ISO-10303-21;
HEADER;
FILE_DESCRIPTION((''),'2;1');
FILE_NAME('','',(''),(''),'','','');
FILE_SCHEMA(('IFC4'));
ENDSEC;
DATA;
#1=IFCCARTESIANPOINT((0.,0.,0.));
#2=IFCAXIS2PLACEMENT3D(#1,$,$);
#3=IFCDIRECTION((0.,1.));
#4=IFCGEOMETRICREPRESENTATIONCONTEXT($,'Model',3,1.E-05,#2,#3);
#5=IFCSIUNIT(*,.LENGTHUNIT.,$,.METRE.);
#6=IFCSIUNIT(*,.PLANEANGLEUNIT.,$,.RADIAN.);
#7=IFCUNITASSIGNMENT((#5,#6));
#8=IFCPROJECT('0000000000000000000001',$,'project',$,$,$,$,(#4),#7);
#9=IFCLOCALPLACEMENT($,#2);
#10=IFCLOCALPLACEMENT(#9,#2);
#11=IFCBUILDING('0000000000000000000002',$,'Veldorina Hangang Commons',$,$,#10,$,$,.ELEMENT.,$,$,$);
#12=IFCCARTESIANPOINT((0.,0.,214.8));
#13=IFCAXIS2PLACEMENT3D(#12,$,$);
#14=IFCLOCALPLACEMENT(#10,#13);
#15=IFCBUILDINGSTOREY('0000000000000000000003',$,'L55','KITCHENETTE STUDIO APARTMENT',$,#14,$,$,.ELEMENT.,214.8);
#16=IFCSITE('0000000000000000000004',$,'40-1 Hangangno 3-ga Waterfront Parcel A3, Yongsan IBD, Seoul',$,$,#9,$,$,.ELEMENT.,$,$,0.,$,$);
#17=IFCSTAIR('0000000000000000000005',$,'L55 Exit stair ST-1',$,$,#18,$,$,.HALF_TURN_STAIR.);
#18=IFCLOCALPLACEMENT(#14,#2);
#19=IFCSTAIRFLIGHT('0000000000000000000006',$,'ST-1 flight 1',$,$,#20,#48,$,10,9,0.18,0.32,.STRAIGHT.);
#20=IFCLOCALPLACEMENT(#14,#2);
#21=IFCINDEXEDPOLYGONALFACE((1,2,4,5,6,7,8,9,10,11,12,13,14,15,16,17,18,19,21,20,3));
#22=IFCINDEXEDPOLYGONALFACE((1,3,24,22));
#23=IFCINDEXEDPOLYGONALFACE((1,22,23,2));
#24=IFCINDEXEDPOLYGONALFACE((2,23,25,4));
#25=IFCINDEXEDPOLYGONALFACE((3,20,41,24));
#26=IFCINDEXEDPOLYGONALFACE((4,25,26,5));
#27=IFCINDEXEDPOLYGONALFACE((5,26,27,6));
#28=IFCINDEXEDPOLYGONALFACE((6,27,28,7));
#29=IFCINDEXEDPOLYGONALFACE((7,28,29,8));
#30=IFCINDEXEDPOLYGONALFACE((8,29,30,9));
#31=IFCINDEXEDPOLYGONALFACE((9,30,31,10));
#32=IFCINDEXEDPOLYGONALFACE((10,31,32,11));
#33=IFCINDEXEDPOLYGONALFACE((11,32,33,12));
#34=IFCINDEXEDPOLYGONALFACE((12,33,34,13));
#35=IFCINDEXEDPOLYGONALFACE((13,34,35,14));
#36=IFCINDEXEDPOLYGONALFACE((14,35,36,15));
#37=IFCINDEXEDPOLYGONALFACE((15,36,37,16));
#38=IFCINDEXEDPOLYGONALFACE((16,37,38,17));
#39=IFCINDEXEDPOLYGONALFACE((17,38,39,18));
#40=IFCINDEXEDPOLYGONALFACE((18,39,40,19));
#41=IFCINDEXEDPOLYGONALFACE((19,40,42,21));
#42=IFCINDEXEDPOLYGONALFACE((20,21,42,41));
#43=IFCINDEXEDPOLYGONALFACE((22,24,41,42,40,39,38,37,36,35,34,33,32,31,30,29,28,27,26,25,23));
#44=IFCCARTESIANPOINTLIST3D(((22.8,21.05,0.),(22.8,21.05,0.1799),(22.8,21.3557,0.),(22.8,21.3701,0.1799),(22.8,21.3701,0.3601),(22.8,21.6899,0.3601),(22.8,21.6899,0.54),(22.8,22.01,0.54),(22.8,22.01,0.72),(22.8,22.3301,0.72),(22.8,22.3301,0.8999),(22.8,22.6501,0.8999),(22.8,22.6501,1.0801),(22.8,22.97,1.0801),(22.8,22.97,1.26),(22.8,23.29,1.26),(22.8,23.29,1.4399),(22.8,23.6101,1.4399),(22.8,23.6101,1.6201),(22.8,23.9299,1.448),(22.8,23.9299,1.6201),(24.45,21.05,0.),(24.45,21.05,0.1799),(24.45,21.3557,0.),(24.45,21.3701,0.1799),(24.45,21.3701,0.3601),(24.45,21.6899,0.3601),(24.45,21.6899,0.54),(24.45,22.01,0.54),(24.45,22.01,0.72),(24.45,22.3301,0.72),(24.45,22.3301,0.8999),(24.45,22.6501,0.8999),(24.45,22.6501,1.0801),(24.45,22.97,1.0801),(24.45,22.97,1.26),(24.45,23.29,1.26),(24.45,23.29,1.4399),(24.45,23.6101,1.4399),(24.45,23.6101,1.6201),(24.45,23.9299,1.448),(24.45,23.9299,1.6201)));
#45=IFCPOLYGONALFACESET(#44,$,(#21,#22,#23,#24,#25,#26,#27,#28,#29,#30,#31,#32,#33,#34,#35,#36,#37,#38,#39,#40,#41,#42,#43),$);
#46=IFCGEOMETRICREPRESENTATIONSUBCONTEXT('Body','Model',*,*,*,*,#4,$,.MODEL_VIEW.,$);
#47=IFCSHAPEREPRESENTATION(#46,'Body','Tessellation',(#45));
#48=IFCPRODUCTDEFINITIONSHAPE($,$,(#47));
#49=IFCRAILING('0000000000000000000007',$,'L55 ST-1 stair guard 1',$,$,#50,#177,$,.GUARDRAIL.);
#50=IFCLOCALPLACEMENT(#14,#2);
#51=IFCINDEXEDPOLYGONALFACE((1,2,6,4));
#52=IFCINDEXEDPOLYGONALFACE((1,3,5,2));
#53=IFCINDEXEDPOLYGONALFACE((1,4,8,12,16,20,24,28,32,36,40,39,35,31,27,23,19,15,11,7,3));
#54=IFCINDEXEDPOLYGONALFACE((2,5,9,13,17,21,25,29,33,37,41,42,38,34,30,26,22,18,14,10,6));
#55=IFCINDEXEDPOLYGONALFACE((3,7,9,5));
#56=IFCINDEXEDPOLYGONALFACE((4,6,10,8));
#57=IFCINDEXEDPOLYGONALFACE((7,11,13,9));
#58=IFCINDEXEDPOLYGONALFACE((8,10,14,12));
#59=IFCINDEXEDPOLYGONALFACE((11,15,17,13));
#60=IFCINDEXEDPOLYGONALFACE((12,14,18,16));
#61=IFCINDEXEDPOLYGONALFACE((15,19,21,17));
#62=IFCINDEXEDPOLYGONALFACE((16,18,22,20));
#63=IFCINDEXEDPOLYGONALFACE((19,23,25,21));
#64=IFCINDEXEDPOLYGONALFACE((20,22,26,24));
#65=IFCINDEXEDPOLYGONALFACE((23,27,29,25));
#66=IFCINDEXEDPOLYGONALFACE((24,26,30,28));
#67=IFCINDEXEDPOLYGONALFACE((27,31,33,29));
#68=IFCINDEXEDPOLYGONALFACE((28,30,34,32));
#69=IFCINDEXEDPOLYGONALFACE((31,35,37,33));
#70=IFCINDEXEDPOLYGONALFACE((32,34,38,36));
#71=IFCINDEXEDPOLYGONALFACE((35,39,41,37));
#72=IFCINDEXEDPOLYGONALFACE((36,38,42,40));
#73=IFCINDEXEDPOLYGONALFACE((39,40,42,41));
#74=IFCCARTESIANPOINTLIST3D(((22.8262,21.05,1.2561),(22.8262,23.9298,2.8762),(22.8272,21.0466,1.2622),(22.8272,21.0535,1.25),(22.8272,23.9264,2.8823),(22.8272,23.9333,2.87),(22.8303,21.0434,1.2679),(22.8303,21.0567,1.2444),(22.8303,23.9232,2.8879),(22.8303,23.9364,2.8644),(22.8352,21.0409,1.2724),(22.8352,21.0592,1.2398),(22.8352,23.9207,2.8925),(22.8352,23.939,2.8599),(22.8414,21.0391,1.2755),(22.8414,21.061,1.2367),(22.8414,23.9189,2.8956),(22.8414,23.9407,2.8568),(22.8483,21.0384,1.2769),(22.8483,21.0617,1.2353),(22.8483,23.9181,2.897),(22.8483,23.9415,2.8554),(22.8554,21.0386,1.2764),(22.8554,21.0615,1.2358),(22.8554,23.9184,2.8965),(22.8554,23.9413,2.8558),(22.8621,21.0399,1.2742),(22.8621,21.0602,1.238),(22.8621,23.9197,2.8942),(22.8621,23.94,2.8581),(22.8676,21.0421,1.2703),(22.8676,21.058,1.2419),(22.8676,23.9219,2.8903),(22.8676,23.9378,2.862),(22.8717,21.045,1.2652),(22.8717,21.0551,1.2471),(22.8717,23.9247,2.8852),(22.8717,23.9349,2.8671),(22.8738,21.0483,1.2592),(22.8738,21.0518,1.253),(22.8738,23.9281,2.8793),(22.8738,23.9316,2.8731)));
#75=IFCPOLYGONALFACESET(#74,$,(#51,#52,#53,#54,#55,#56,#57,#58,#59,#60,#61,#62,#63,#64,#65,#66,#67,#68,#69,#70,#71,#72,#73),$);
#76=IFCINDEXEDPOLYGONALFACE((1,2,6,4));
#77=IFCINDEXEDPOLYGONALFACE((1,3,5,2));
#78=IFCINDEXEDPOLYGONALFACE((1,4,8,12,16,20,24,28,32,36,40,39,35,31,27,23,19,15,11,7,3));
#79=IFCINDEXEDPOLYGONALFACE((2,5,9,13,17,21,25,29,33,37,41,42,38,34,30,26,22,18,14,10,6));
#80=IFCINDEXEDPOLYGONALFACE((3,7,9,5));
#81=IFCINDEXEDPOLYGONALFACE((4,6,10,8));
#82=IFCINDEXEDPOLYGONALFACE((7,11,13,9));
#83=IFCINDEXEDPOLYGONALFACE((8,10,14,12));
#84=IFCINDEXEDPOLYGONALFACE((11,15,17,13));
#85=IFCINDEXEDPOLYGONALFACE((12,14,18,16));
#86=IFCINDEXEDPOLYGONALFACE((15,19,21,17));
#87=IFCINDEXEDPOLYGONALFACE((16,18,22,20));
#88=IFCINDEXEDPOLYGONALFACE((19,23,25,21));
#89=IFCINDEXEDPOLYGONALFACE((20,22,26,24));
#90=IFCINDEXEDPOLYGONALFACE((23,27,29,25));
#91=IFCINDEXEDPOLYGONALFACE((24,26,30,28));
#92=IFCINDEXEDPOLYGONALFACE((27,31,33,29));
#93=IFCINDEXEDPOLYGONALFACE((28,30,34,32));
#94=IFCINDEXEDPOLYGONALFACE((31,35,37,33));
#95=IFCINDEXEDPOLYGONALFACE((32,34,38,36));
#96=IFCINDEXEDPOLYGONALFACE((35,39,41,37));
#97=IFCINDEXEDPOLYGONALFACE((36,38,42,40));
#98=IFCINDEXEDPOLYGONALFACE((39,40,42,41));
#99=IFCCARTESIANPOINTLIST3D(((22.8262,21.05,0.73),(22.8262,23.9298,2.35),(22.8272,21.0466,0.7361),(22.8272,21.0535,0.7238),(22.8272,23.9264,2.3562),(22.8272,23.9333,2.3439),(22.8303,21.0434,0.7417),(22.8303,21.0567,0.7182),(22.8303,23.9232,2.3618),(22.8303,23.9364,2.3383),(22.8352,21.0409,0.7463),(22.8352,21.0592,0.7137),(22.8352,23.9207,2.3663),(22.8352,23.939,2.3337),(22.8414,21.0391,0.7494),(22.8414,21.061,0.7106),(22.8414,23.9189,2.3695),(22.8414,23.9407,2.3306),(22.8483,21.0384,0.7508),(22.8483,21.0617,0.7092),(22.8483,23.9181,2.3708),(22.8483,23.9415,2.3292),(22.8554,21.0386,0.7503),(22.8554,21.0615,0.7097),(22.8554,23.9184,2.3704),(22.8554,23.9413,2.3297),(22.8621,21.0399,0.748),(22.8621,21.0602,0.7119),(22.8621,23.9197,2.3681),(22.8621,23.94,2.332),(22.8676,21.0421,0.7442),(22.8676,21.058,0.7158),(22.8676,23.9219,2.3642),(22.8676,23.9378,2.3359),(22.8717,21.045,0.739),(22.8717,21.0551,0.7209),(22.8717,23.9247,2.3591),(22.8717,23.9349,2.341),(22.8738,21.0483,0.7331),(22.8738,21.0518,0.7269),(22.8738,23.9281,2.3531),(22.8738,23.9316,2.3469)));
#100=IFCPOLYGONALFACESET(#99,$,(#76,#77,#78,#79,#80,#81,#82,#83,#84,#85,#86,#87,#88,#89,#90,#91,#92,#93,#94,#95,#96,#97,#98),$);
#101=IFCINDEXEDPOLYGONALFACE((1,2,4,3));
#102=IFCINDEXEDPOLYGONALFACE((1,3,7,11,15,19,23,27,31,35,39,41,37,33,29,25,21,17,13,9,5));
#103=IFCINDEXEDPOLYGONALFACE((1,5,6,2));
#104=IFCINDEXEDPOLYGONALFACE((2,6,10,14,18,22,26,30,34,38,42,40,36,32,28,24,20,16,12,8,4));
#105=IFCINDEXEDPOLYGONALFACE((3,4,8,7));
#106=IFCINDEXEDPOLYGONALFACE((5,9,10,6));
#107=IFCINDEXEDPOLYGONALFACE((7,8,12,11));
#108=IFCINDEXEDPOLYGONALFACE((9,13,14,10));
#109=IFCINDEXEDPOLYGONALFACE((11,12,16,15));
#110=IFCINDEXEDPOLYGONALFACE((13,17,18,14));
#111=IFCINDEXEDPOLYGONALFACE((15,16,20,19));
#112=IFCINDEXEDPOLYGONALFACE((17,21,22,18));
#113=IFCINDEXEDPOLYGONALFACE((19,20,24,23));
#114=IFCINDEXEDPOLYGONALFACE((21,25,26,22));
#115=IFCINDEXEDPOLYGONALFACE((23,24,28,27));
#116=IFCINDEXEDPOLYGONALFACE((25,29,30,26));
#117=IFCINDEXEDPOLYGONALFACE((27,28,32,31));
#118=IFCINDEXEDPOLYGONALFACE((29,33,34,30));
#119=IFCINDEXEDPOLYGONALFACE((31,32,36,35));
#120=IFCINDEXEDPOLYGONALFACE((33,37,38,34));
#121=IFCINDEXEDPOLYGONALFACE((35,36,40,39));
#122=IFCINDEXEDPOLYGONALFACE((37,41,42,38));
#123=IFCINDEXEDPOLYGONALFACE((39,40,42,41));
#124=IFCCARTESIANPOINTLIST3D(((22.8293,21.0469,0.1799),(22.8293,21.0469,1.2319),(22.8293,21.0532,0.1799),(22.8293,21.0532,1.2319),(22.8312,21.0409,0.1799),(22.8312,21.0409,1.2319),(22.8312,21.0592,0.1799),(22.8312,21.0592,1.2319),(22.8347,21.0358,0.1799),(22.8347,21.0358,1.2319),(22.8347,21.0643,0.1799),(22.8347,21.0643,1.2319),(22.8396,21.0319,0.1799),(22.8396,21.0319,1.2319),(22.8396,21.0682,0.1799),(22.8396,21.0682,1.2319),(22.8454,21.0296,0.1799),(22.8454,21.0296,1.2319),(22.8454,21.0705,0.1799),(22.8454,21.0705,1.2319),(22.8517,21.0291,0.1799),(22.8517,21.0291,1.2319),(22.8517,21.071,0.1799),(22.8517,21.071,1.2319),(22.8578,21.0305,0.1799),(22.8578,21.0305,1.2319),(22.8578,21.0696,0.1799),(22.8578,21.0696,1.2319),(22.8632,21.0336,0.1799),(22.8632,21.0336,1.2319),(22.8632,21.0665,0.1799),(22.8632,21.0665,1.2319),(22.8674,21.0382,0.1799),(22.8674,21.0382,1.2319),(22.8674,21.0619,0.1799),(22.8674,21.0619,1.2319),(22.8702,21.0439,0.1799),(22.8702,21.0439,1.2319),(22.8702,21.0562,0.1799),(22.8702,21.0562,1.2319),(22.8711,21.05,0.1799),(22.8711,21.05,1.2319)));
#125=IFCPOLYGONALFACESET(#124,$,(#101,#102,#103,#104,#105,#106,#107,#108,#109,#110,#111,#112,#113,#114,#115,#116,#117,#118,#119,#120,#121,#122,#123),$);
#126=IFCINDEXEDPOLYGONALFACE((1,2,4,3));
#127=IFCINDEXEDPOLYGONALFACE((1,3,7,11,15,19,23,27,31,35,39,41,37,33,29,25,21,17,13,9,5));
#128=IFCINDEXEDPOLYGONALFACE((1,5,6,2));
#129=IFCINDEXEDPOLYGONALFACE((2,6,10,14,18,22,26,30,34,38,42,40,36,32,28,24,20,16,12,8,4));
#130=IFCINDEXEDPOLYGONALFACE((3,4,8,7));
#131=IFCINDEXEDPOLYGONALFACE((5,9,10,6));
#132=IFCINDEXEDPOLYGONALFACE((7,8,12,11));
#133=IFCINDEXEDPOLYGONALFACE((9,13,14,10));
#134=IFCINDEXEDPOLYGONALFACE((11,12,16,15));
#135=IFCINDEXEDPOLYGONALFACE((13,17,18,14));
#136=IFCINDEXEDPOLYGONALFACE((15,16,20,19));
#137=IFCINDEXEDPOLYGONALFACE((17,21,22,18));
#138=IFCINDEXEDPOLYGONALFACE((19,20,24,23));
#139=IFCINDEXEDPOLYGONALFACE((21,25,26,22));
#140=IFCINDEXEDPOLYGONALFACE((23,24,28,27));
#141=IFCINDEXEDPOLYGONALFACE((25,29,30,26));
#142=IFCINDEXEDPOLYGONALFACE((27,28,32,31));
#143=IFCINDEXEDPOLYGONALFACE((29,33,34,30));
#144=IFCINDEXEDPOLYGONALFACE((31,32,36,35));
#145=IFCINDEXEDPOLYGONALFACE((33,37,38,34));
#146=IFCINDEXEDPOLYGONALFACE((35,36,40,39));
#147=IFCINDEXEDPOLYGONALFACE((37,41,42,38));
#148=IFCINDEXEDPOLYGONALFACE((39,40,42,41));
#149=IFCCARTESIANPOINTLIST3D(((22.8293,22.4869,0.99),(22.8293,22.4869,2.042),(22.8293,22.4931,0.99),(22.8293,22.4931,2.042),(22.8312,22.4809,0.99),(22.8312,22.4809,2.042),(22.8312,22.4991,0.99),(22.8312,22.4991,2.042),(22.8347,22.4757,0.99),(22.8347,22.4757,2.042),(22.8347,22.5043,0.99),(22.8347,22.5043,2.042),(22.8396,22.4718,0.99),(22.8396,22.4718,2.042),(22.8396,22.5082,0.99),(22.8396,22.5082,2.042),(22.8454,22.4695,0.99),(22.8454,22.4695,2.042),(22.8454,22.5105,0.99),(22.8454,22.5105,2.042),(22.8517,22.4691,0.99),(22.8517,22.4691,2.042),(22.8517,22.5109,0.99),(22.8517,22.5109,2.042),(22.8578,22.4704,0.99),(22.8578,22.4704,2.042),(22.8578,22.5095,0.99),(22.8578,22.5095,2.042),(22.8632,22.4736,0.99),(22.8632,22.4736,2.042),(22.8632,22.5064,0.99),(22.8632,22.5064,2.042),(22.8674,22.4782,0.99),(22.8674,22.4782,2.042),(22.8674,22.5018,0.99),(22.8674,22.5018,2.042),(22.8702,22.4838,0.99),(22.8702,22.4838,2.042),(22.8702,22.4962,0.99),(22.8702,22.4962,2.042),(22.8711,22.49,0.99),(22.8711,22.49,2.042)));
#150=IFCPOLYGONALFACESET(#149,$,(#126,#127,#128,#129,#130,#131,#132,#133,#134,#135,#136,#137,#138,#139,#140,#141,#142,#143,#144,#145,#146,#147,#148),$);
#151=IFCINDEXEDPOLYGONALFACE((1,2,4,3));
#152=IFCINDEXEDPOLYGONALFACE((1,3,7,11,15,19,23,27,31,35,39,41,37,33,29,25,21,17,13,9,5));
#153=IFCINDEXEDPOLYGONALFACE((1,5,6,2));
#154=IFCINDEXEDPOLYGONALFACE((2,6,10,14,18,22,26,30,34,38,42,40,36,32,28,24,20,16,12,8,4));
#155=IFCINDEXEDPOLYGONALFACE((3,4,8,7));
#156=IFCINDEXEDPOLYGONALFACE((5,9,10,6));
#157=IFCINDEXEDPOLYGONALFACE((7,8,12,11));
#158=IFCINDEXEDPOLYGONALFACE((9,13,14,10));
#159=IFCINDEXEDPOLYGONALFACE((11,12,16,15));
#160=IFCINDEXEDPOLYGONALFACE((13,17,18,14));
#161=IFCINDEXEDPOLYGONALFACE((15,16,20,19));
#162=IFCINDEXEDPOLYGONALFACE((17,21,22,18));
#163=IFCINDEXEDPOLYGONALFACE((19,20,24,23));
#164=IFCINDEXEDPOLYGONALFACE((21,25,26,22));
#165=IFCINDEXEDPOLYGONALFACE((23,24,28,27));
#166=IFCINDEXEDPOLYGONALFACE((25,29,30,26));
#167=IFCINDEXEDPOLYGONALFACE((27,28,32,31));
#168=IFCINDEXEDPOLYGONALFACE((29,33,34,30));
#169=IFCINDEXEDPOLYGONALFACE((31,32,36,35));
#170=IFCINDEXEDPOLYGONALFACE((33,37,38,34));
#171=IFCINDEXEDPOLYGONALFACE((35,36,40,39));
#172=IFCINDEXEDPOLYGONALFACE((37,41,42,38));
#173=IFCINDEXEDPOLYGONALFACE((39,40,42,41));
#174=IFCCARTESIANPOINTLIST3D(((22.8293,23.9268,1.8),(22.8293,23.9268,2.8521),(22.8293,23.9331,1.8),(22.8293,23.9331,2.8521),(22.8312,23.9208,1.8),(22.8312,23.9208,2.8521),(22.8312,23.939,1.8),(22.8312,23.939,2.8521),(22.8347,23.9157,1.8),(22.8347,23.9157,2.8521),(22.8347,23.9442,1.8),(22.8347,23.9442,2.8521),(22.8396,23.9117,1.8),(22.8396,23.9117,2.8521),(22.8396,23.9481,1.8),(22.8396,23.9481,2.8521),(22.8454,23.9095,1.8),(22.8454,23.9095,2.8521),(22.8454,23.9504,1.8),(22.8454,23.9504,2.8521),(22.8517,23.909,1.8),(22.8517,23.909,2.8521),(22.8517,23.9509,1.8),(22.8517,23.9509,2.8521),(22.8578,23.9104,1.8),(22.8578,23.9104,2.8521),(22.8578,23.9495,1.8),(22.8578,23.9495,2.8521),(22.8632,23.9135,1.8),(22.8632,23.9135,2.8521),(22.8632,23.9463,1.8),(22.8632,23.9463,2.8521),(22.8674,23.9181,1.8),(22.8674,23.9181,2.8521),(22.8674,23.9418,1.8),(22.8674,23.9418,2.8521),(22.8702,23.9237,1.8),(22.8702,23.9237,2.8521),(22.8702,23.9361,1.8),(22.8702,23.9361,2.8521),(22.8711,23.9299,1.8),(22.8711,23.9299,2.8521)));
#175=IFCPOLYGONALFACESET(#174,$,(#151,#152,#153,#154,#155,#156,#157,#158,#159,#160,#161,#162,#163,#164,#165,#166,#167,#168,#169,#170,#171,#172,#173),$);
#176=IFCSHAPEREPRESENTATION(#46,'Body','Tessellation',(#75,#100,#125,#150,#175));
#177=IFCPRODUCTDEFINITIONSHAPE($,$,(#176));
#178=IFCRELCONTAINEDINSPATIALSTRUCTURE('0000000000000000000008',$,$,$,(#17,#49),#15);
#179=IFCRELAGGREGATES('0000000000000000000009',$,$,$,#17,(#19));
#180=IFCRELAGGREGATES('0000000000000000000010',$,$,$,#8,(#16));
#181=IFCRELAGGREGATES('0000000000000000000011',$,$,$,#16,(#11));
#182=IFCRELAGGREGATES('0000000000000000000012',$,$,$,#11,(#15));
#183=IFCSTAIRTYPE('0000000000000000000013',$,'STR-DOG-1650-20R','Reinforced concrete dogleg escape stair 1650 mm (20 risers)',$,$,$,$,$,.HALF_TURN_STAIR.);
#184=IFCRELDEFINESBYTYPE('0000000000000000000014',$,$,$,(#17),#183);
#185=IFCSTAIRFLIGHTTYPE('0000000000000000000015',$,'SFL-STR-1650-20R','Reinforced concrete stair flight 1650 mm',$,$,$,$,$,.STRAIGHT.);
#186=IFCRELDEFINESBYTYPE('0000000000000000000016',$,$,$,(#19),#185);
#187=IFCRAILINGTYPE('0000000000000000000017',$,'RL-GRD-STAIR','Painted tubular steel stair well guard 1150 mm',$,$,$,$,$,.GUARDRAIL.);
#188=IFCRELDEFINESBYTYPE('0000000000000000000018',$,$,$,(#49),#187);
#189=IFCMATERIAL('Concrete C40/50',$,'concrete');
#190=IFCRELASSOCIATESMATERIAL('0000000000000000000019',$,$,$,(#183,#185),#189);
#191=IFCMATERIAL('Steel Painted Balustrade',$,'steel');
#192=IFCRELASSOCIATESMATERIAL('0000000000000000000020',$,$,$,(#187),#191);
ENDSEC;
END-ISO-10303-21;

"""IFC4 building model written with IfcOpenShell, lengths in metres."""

from ifc_helpers import new_model, si_unit, direction, frame, origin, origin_2d, place, context, subcontext, project, spatial, polyline, circle, outline, extrude, material, type_object, element, aggregate, save


model = new_model("IFC4")

# Units and contexts
model_context = context("Model", 3, precision=1e-05, world=origin(), true_north=direction((0.0, 1.0)))
body_context = subcontext(model_context, "Body", "Model", "MODEL_VIEW")
ifc_project = project(units=[si_unit("LENGTHUNIT", "METRE"), si_unit("PLANEANGLEUNIT", "RADIAN")], contexts=[model_context])

# Site, building, storey
site_placement = place(None, origin())
site = spatial("IfcSite", under=ifc_project, at=site_placement, Name="40-1 Hangangno 3-ga Waterfront Parcel A3, Yongsan IBD, Seoul", CompositionType="ELEMENT", RefElevation=0.0)
building_placement = place(site_placement, origin())
building = spatial("IfcBuilding", under=site, at=building_placement, Name="Veldorina Hangang Commons", CompositionType="ELEMENT")
storey_placement = place(building_placement, frame((0.0, 0.0, 214.8)))
storey = spatial("IfcBuildingStorey", under=building, at=storey_placement, Name="L55", Description="KITCHENETTE STUDIO APARTMENT", CompositionType="ELEMENT", Elevation=214.8)

# Stair, stair flight
ifc_material_1 = material(Name="Concrete C40/50", Category="concrete")
stair_type = type_object("IfcStairType", Name="STR-DOG-1650-20R", Description="Reinforced concrete dogleg escape stair 1650 mm (20 risers)", PredefinedType="HALF_TURN_STAIR", material=ifc_material_1)
stair_placement = place(storey_placement, origin())
stair = element("IfcStair", 1, at=stair_placement, inside=storey, type_object=stair_type, Name="L55 Exit stair ST-1", PredefinedType="HALF_TURN_STAIR")
stair_flight_type = type_object("IfcStairFlightType", Name="SFL-STR-1650-20R", Description="Reinforced concrete stair flight 1650 mm", PredefinedType="STRAIGHT", material=ifc_material_1)
stair_flight_placement = place(storey_placement, frame((23.625, 21.05, 0.0), z_axis=(0.0, 0.0, 1.0), x_axis=(0.0, 1.0, 0.0)))
stair_flight = element("IfcStairFlight", 2, at=stair_flight_placement, type_object=stair_flight_type, Name="ST-1 flight 1", NumberOfRisers=10, NumberOfTreads=9, PredefinedType="STRAIGHT", RiserHeight=0.18, TreadLength=0.32, context=body_context, shape_type="SweptSolid", body=[
    extrude(outline(polyline([(0.0, 0.0), (0.0, 0.1799), (0.3201, 0.1799), (0.3201, 0.3601), (0.6399, 0.3601), (0.6399, 0.54), (0.96, 0.54), (0.96, 0.72), (1.28, 0.72), (1.28, 0.8999), (1.6001, 0.8999), (1.6001, 1.0801), (1.9199, 1.0801), (1.9199, 1.26), (2.24, 1.26), (2.24, 1.4399), (2.5601, 1.4399), (2.5601, 1.6201), (2.8799, 1.6201), (2.8799, 1.8), (2.8799, 1.448), (0.3057, 0.0), (0.0, 0.0)])), frame((0.0, 0.825, 0.0), z_axis=(0.0, -1.0, 0.0), x_axis=(1.0, 0.0, 0.0)), (0.0, 0.0, 1.0), 1.6499),
])
aggregate(stair, [stair_flight])

# Railing
ifc_material_2 = material(Name="Steel Painted Balustrade", Category="steel")
railing_type_1 = type_object("IfcRailingType", Name="RL-GRD-STAIR", Description="Painted tubular steel stair well guard 1150 mm", PredefinedType="GUARDRAIL", material=ifc_material_2)
railing_1_placement = place(storey_placement, frame((22.8501, 21.05, 0.1799)))
element("IfcRailing", 3, at=railing_1_placement, inside=storey, type_object=railing_type_1, Name="L55 ST-1 stair guard 1", PredefinedType="GUARDRAIL", context=body_context, shape_type="SweptSolid", body=[
    extrude(circle(Radius=0.0239, at=origin_2d()), frame((0.0, 0.0, 1.0762), z_axis=(0.0, 0.871552, 0.490303), x_axis=(-1.0, 0.0, 0.0)), (0.0, 0.0, 1.0), 3.3042),
    extrude(circle(Radius=0.0239, at=origin_2d()), frame((0.0, 0.0, 0.55), z_axis=(0.0, 0.871552, 0.490303), x_axis=(-1.0, 0.0, 0.0)), (0.0, 0.0, 1.0), 3.3042),
    extrude(circle(Radius=0.021, at=origin_2d()), origin(), (0.0, 0.0, 1.0), 1.052),
    extrude(circle(Radius=0.021, at=origin_2d()), frame((0.0, 1.4399, 0.8101)), (0.0, 0.0, 1.0), 1.052),
    extrude(circle(Radius=0.021, at=origin_2d()), frame((0.0, 2.8799, 1.6201)), (0.0, 0.0, 1.0), 1.052),
])

save(model, "model.ifc")
